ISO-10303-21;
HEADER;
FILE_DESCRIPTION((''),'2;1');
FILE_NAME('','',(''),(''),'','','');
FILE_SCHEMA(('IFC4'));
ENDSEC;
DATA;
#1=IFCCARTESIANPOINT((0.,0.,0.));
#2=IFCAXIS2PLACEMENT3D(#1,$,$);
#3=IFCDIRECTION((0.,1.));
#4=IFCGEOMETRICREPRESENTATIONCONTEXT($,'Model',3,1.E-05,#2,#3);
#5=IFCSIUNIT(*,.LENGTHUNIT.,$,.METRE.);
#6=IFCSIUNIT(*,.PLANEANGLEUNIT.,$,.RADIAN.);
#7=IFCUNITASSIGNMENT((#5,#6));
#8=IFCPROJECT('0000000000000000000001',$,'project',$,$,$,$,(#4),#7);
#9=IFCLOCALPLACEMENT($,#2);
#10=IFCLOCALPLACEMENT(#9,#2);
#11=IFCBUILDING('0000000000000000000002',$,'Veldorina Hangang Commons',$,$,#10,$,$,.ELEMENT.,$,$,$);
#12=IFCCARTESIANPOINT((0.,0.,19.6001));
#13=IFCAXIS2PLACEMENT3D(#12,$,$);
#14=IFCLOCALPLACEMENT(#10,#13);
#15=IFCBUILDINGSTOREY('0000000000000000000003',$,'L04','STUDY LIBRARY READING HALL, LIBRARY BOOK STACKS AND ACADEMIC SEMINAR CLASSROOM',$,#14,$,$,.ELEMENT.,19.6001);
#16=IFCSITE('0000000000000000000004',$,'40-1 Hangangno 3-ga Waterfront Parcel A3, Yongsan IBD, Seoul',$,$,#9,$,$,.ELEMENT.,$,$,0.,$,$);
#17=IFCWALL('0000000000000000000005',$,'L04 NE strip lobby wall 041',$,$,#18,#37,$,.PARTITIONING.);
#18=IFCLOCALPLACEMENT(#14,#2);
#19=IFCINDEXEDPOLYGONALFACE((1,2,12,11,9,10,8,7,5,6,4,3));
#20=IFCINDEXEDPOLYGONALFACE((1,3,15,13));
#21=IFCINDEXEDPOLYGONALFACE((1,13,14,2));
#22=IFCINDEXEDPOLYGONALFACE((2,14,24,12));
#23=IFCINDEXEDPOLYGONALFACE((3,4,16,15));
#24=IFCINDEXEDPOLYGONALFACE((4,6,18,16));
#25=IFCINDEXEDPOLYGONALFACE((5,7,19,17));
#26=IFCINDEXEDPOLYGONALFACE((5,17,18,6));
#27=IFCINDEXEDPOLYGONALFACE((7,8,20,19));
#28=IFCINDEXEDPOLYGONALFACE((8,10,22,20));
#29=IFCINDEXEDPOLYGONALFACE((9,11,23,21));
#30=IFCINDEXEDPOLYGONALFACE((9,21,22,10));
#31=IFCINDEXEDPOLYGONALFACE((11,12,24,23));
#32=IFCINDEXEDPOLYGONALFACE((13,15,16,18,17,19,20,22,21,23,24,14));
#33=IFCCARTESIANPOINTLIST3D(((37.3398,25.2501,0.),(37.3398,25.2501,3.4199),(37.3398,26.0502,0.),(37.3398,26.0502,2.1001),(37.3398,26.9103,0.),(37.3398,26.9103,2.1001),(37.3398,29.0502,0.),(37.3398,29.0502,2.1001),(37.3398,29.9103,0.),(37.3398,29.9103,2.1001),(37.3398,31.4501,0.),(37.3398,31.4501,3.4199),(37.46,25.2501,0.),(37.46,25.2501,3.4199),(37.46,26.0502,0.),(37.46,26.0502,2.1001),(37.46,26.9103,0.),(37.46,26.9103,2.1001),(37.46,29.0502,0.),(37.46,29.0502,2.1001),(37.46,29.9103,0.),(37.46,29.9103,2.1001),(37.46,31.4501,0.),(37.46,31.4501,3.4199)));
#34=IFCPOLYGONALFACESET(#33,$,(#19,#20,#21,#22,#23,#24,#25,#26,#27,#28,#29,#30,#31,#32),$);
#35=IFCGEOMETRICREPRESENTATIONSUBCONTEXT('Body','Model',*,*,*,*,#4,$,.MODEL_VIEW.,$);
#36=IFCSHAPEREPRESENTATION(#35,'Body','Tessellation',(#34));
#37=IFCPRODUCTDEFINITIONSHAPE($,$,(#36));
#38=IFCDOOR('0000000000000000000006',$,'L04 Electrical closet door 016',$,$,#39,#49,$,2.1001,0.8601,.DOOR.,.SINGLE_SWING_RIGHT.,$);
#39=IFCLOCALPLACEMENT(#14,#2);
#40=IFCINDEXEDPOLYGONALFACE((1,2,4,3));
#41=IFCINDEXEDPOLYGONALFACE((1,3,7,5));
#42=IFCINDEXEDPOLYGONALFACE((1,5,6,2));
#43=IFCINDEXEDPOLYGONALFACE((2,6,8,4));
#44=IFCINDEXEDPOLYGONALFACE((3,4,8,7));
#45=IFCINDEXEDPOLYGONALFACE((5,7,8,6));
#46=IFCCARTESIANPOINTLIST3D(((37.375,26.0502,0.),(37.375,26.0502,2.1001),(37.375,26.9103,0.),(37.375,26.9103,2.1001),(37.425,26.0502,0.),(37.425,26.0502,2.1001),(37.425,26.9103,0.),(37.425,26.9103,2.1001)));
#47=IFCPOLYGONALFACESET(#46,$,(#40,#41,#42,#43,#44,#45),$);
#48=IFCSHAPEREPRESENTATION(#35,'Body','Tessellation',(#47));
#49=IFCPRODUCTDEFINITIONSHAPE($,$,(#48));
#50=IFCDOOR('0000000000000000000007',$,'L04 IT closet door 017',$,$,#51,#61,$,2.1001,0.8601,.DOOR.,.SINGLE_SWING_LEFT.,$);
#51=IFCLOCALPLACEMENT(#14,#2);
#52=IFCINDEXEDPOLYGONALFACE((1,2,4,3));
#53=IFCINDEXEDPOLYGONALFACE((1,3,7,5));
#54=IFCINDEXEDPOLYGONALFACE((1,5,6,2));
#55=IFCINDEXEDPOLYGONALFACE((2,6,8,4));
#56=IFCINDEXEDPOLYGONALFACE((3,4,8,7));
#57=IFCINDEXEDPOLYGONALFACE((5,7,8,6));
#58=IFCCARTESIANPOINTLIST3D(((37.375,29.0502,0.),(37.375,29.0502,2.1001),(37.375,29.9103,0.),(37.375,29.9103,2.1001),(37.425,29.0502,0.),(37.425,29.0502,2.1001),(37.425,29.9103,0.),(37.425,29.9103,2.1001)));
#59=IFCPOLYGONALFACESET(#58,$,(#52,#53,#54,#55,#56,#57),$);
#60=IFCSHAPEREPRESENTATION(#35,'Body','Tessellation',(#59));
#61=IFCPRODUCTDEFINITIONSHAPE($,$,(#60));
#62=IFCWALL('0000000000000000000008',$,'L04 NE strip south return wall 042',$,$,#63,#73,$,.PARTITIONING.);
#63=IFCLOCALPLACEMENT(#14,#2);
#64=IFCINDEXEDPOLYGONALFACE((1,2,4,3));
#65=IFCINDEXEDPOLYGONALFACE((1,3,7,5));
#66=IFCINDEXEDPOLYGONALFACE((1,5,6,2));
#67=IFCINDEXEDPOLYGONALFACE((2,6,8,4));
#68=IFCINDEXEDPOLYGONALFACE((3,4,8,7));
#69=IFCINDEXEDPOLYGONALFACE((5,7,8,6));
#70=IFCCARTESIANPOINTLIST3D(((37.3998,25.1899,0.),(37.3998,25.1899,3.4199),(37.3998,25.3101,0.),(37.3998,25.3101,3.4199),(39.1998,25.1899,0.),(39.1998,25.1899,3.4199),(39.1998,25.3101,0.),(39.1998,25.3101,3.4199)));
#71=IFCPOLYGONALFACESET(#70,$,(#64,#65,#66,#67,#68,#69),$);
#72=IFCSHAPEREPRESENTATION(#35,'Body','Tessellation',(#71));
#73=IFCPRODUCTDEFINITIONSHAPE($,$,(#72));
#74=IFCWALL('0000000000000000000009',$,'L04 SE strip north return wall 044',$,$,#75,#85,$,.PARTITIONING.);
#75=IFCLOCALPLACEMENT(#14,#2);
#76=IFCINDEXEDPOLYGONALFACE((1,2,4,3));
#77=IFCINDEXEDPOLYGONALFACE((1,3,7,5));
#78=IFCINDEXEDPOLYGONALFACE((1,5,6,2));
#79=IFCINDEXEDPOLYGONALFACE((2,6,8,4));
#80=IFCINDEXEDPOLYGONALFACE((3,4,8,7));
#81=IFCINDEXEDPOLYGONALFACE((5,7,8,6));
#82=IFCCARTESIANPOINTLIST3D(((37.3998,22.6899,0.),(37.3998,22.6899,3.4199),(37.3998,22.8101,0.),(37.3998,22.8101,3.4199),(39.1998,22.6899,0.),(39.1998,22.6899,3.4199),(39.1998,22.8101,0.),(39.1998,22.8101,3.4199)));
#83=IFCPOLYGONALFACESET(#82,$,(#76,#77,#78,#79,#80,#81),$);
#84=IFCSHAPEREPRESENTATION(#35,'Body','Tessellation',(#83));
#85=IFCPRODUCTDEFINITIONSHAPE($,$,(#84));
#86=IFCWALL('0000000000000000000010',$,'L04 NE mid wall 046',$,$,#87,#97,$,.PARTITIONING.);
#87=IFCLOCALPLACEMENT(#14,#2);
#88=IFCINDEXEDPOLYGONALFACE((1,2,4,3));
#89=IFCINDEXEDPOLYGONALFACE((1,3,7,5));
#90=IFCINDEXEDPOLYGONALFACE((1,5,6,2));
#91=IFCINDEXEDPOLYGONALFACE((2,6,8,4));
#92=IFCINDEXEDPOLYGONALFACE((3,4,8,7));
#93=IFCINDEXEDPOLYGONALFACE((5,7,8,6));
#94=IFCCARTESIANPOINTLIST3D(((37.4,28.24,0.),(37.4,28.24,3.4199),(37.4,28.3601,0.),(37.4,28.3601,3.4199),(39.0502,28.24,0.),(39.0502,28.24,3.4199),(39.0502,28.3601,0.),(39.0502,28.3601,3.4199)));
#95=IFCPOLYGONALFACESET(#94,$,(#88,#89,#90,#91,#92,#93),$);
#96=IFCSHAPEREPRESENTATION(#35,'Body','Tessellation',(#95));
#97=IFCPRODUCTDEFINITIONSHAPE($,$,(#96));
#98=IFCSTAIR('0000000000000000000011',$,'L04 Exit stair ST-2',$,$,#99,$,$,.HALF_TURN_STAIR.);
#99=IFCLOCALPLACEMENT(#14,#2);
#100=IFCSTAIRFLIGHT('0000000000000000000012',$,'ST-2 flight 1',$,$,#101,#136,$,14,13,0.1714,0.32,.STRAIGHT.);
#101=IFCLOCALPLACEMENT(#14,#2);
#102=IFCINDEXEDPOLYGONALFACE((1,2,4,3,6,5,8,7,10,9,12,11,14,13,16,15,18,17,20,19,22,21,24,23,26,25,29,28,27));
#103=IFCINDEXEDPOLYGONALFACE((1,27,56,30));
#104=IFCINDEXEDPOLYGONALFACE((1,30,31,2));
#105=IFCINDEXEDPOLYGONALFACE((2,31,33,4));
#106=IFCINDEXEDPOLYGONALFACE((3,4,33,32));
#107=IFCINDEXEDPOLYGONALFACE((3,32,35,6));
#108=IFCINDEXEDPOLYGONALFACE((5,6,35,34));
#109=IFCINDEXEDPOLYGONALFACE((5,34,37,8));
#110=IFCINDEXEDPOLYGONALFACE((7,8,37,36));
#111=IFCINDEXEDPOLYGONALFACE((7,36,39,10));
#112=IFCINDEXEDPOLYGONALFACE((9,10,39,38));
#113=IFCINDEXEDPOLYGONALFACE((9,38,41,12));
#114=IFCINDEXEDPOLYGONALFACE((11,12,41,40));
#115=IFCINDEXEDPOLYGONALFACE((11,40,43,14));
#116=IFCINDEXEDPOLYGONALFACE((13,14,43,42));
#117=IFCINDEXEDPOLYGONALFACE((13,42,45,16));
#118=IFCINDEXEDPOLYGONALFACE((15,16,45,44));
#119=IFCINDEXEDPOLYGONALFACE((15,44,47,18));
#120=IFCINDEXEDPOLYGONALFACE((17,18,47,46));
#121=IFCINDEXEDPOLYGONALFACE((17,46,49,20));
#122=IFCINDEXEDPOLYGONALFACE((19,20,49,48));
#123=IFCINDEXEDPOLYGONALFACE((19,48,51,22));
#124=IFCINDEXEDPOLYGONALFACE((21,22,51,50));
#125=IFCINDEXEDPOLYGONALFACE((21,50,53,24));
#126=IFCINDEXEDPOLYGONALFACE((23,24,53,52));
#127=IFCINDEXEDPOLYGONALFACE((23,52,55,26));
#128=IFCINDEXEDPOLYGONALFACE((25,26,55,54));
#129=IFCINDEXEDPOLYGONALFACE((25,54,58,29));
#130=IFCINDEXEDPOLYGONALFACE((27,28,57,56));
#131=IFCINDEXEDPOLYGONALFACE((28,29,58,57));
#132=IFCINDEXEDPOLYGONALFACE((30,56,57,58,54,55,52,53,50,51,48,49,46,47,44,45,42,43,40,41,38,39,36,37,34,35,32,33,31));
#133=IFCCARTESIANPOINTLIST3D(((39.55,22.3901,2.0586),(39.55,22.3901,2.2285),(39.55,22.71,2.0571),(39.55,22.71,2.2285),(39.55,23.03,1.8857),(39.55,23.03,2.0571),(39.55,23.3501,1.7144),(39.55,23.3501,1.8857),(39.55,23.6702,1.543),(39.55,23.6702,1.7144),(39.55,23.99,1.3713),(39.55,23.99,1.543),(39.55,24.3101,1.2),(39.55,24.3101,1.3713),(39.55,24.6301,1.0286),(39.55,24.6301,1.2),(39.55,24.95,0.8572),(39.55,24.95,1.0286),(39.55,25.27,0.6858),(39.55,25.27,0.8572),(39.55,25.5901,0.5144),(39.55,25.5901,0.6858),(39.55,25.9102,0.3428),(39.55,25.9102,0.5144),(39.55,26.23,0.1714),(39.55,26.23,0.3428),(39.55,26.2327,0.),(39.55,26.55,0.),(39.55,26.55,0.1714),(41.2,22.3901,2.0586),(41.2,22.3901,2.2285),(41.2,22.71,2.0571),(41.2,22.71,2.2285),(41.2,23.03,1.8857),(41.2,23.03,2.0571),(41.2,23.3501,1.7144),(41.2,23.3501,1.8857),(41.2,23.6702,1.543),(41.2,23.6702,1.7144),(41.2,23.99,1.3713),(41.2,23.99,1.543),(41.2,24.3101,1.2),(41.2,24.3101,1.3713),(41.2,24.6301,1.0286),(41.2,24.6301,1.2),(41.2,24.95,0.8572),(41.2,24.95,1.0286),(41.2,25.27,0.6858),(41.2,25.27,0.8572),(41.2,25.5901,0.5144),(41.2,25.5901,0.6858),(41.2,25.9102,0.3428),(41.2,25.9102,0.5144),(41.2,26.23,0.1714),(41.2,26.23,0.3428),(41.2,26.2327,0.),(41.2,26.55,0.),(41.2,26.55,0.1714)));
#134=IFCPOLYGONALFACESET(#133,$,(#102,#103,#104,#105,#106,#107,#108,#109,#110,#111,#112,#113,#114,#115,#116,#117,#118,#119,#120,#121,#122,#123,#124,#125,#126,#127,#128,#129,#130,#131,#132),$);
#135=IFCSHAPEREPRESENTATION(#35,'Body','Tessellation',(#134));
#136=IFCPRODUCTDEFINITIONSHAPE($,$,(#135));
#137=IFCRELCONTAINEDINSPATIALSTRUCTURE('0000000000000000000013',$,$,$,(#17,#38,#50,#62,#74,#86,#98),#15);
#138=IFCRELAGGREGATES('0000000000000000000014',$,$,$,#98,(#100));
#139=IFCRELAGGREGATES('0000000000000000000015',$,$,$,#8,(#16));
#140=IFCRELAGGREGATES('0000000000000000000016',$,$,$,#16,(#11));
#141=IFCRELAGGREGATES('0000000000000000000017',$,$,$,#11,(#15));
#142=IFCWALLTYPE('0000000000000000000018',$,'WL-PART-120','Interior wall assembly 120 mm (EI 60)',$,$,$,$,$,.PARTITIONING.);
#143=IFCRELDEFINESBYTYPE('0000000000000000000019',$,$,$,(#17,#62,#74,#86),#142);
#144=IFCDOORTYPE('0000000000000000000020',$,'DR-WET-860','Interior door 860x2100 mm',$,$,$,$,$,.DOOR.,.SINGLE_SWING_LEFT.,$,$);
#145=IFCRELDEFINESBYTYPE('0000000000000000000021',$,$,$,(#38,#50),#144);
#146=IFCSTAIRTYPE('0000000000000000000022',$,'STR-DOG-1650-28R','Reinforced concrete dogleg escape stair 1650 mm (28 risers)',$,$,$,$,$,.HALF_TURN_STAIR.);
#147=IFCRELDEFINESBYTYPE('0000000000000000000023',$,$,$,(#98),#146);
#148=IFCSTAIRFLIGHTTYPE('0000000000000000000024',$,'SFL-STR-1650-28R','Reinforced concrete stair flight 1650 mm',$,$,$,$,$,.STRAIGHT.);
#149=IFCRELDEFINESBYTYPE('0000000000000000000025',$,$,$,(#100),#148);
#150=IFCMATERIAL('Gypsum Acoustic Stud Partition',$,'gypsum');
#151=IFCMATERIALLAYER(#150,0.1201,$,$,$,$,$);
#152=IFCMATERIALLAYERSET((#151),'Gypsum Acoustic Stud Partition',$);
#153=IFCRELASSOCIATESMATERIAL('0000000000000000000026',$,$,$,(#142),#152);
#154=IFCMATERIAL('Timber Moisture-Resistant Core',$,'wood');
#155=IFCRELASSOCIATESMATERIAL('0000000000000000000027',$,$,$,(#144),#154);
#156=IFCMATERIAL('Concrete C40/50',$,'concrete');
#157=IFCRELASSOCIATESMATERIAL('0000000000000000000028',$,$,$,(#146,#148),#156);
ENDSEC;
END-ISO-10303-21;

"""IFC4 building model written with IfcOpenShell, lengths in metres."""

from ifc_helpers import new_model, si_unit, direction, frame, frame_2d, origin, place, context, subcontext, project, spatial, polyline, rectangle, outline, extrude, material, layer, layer_set, type_object, element, fill, aggregate, save


model = new_model("IFC4")

# Units and contexts
model_context = context("Model", 3, precision=1e-05, world=origin(), true_north=direction((0.0, 1.0)))
body_context = subcontext(model_context, "Body", "Model", "MODEL_VIEW")
ifc_project = project(units=[si_unit("LENGTHUNIT", "METRE"), si_unit("PLANEANGLEUNIT", "RADIAN")], contexts=[model_context])

# Site, building, storey
site_placement = place(None, origin())
site = spatial("IfcSite", under=ifc_project, at=site_placement, Name="40-1 Hangangno 3-ga Waterfront Parcel A3, Yongsan IBD, Seoul", CompositionType="ELEMENT", RefElevation=0.0)
building_placement = place(site_placement, origin())
building = spatial("IfcBuilding", under=site, at=building_placement, Name="Veldorina Hangang Commons", CompositionType="ELEMENT")
storey_placement = place(building_placement, frame((0.0, 0.0, 19.6001)))
storey = spatial("IfcBuildingStorey", under=building, at=storey_placement, Name="L04", Description="STUDY LIBRARY READING HALL, LIBRARY BOOK STACKS AND ACADEMIC SEMINAR CLASSROOM", CompositionType="ELEMENT", Elevation=19.6001)

# Wall, openings, doors
ifc_material_1 = material(Name="Gypsum Acoustic Stud Partition", Category="gypsum")
ifc_layer_1 = layer(ifc_material_1, 0.1201)
ifc_layer_set_1 = layer_set([ifc_layer_1], Name="Gypsum Acoustic Stud Partition")
wall_type_1 = type_object("IfcWallType", Name="WL-PART-120", Description="Interior wall assembly 120 mm (EI 60)", PredefinedType="PARTITIONING", material=ifc_layer_set_1)
wall_1_placement = place(storey_placement, frame((37.3999, 25.25, 0.0), z_axis=(0.0, 0.0, 1.0), x_axis=(0.0, 1.0, 0.0)))
wall_1 = element("IfcWall", 1, at=wall_1_placement, inside=storey, type_object=wall_type_1, Name="L04 NE strip lobby wall 041", PredefinedType="PARTITIONING", context=body_context, shape_type="SweptSolid", body=[
    extrude(rectangle(XDim=6.2, YDim=0.1201, at=frame_2d((3.1001, 0.0))), origin(), (0.0, 0.0, 1.0), 3.4199),
])
opening_1_placement = place(wall_1_placement, frame((0.8, 0.0, 0.0)))
opening_1 = element("IfcOpeningElement", 2, at=opening_1_placement, cuts=wall_1, PredefinedType="OPENING", context=body_context, shape_type="SweptSolid", body=[
    extrude(rectangle(XDim=0.8601, YDim=2.1001, at=frame_2d((0.4302, 1.05))), frame((0.0, 0.0701, 0.0), z_axis=(0.0, -1.0, 0.0), x_axis=(1.0, 0.0, 0.0)), (0.0, 0.0, 1.0), 0.1401),
])
opening_2_placement = place(wall_1_placement, frame((3.8, 0.0, 0.0)))
opening_2 = element("IfcOpeningElement", 3, at=opening_2_placement, cuts=wall_1, PredefinedType="OPENING", context=body_context, shape_type="SweptSolid", body=[
    extrude(rectangle(XDim=0.8601, YDim=2.1001, at=frame_2d((0.4302, 1.05))), frame((0.0, 0.0701, 0.0), z_axis=(0.0, -1.0, 0.0), x_axis=(1.0, 0.0, 0.0)), (0.0, 0.0, 1.0), 0.1401),
])
ifc_material_2 = material(Name="Timber Moisture-Resistant Core", Category="wood")
door_type_1 = type_object("IfcDoorType", Name="DR-WET-860", Description="Interior door 860x2100 mm", OperationType="SINGLE_SWING_LEFT", PredefinedType="DOOR", material=ifc_material_2)
door_1_placement = place(opening_1_placement, origin())
door_1 = element("IfcDoor", 4, at=door_1_placement, inside=storey, type_object=door_type_1, Name="L04 Electrical closet door 016", OperationType="SINGLE_SWING_RIGHT", OverallHeight=2.1001, OverallWidth=0.8601, PredefinedType="DOOR", context=body_context, shape_type="SweptSolid", body=[
    extrude(rectangle(XDim=0.8601, YDim=2.1001, at=frame_2d((0.4302, 1.05))), frame((0.0, 0.0249, 0.0), z_axis=(0.0, -1.0, 0.0), x_axis=(1.0, 0.0, 0.0)), (0.0, 0.0, 1.0), 0.05),
])
fill(opening_1, door_1)
door_2_placement = place(opening_2_placement, origin())
door_2 = element("IfcDoor", 5, at=door_2_placement, inside=storey, type_object=door_type_1, Name="L04 IT closet door 017", OperationType="SINGLE_SWING_LEFT", OverallHeight=2.1001, OverallWidth=0.8601, PredefinedType="DOOR", context=body_context, shape_type="SweptSolid", body=[
    extrude(rectangle(XDim=0.8601, YDim=2.1001, at=frame_2d((0.4302, 1.05))), frame((0.0, 0.0249, 0.0), z_axis=(0.0, -1.0, 0.0), x_axis=(1.0, 0.0, 0.0)), (0.0, 0.0, 1.0), 0.05),
])
fill(opening_2, door_2)

# Walls
for number, where, z_axis, x_axis, name in (
    (6, (37.3999, 25.25, 0.0), (0.0, 0.0, 1.0), (1.0, 0.0, 0.0), "L04 NE strip south return wall 042"),
    (7, (37.3999, 22.75, 0.0), (0.0, 0.0, 1.0), (1.0, 0.0, 0.0), "L04 SE strip north return wall 044"),
):
    element("IfcWall", number, at=place(storey_placement, frame(where, z_axis=z_axis, x_axis=x_axis)), inside=storey, type_object=wall_type_1, Name=name, PredefinedType="PARTITIONING", context=body_context, shape_type="SweptSolid", body=[
        extrude(rectangle(XDim=1.8, YDim=0.1201, at=frame_2d((0.8999, 0.0))), origin(), (0.0, 0.0, 1.0), 3.4199),
    ])
wall_2_placement = place(storey_placement, frame((37.3999, 28.3, 0.0), z_axis=(0.0, 0.0, 1.0), x_axis=(1.0, 0.0, 0.0)))
element("IfcWall", 8, at=wall_2_placement, inside=storey, type_object=wall_type_1, Name="L04 NE mid wall 046", PredefinedType="PARTITIONING", context=body_context, shape_type="SweptSolid", body=[
    extrude(rectangle(XDim=1.6501, YDim=0.1201, at=frame_2d((0.8252, 0.0))), origin(), (0.0, 0.0, 1.0), 3.4199),
])

# Stair, stair flight
ifc_material_3 = material(Name="Concrete C40/50", Category="concrete")
stair_type = type_object("IfcStairType", Name="STR-DOG-1650-28R", Description="Reinforced concrete dogleg escape stair 1650 mm (28 risers)", PredefinedType="HALF_TURN_STAIR", material=ifc_material_3)
stair_placement = place(storey_placement, origin())
stair = element("IfcStair", 9, at=stair_placement, inside=storey, type_object=stair_type, Name="L04 Exit stair ST-2", PredefinedType="HALF_TURN_STAIR")
stair_flight_type = type_object("IfcStairFlightType", Name="SFL-STR-1650-28R", Description="Reinforced concrete stair flight 1650 mm", PredefinedType="STRAIGHT", material=ifc_material_3)
stair_flight_placement = place(storey_placement, frame((40.375, 26.55, 0.0), z_axis=(0.0, 0.0, 1.0), x_axis=(0.0, -1.0, 0.0)))
stair_flight = element("IfcStairFlight", 10, at=stair_flight_placement, type_object=stair_flight_type, Name="ST-2 flight 1", NumberOfRisers=14, NumberOfTreads=13, PredefinedType="STRAIGHT", RiserHeight=0.1714, TreadLength=0.32, context=body_context, shape_type="SweptSolid", body=[
    extrude(outline(polyline([(0.0, 0.0), (0.0, 0.1714), (0.3201, 0.1714), (0.3201, 0.3428), (0.6399, 0.3428), (0.6399, 0.5144), (0.96, 0.5144), (0.96, 0.6858), (1.28, 0.6858), (1.28, 0.8572), (1.6001, 0.8572), (1.6001, 1.0286), (1.9199, 1.0286), (1.9199, 1.2), (2.24, 1.2), (2.24, 1.3713), (2.5601, 1.3713), (2.5601, 1.543), (2.8799, 1.543), (2.8799, 1.7144), (3.2, 1.7144), (3.2, 1.8857), (3.52, 1.8857), (3.52, 2.0571), (3.8401, 2.0571), (3.8401, 2.2285), (4.1599, 2.2285), (4.1599, 2.3999), (4.1599, 2.0586), (0.3174, 0.0), (0.0, 0.0)])), frame((0.0, 0.825, 0.0), z_axis=(0.0, -1.0, 0.0), x_axis=(1.0, 0.0, 0.0)), (0.0, 0.0, 1.0), 1.6499),
])
aggregate(stair, [stair_flight])

save(model, "model.ifc")
